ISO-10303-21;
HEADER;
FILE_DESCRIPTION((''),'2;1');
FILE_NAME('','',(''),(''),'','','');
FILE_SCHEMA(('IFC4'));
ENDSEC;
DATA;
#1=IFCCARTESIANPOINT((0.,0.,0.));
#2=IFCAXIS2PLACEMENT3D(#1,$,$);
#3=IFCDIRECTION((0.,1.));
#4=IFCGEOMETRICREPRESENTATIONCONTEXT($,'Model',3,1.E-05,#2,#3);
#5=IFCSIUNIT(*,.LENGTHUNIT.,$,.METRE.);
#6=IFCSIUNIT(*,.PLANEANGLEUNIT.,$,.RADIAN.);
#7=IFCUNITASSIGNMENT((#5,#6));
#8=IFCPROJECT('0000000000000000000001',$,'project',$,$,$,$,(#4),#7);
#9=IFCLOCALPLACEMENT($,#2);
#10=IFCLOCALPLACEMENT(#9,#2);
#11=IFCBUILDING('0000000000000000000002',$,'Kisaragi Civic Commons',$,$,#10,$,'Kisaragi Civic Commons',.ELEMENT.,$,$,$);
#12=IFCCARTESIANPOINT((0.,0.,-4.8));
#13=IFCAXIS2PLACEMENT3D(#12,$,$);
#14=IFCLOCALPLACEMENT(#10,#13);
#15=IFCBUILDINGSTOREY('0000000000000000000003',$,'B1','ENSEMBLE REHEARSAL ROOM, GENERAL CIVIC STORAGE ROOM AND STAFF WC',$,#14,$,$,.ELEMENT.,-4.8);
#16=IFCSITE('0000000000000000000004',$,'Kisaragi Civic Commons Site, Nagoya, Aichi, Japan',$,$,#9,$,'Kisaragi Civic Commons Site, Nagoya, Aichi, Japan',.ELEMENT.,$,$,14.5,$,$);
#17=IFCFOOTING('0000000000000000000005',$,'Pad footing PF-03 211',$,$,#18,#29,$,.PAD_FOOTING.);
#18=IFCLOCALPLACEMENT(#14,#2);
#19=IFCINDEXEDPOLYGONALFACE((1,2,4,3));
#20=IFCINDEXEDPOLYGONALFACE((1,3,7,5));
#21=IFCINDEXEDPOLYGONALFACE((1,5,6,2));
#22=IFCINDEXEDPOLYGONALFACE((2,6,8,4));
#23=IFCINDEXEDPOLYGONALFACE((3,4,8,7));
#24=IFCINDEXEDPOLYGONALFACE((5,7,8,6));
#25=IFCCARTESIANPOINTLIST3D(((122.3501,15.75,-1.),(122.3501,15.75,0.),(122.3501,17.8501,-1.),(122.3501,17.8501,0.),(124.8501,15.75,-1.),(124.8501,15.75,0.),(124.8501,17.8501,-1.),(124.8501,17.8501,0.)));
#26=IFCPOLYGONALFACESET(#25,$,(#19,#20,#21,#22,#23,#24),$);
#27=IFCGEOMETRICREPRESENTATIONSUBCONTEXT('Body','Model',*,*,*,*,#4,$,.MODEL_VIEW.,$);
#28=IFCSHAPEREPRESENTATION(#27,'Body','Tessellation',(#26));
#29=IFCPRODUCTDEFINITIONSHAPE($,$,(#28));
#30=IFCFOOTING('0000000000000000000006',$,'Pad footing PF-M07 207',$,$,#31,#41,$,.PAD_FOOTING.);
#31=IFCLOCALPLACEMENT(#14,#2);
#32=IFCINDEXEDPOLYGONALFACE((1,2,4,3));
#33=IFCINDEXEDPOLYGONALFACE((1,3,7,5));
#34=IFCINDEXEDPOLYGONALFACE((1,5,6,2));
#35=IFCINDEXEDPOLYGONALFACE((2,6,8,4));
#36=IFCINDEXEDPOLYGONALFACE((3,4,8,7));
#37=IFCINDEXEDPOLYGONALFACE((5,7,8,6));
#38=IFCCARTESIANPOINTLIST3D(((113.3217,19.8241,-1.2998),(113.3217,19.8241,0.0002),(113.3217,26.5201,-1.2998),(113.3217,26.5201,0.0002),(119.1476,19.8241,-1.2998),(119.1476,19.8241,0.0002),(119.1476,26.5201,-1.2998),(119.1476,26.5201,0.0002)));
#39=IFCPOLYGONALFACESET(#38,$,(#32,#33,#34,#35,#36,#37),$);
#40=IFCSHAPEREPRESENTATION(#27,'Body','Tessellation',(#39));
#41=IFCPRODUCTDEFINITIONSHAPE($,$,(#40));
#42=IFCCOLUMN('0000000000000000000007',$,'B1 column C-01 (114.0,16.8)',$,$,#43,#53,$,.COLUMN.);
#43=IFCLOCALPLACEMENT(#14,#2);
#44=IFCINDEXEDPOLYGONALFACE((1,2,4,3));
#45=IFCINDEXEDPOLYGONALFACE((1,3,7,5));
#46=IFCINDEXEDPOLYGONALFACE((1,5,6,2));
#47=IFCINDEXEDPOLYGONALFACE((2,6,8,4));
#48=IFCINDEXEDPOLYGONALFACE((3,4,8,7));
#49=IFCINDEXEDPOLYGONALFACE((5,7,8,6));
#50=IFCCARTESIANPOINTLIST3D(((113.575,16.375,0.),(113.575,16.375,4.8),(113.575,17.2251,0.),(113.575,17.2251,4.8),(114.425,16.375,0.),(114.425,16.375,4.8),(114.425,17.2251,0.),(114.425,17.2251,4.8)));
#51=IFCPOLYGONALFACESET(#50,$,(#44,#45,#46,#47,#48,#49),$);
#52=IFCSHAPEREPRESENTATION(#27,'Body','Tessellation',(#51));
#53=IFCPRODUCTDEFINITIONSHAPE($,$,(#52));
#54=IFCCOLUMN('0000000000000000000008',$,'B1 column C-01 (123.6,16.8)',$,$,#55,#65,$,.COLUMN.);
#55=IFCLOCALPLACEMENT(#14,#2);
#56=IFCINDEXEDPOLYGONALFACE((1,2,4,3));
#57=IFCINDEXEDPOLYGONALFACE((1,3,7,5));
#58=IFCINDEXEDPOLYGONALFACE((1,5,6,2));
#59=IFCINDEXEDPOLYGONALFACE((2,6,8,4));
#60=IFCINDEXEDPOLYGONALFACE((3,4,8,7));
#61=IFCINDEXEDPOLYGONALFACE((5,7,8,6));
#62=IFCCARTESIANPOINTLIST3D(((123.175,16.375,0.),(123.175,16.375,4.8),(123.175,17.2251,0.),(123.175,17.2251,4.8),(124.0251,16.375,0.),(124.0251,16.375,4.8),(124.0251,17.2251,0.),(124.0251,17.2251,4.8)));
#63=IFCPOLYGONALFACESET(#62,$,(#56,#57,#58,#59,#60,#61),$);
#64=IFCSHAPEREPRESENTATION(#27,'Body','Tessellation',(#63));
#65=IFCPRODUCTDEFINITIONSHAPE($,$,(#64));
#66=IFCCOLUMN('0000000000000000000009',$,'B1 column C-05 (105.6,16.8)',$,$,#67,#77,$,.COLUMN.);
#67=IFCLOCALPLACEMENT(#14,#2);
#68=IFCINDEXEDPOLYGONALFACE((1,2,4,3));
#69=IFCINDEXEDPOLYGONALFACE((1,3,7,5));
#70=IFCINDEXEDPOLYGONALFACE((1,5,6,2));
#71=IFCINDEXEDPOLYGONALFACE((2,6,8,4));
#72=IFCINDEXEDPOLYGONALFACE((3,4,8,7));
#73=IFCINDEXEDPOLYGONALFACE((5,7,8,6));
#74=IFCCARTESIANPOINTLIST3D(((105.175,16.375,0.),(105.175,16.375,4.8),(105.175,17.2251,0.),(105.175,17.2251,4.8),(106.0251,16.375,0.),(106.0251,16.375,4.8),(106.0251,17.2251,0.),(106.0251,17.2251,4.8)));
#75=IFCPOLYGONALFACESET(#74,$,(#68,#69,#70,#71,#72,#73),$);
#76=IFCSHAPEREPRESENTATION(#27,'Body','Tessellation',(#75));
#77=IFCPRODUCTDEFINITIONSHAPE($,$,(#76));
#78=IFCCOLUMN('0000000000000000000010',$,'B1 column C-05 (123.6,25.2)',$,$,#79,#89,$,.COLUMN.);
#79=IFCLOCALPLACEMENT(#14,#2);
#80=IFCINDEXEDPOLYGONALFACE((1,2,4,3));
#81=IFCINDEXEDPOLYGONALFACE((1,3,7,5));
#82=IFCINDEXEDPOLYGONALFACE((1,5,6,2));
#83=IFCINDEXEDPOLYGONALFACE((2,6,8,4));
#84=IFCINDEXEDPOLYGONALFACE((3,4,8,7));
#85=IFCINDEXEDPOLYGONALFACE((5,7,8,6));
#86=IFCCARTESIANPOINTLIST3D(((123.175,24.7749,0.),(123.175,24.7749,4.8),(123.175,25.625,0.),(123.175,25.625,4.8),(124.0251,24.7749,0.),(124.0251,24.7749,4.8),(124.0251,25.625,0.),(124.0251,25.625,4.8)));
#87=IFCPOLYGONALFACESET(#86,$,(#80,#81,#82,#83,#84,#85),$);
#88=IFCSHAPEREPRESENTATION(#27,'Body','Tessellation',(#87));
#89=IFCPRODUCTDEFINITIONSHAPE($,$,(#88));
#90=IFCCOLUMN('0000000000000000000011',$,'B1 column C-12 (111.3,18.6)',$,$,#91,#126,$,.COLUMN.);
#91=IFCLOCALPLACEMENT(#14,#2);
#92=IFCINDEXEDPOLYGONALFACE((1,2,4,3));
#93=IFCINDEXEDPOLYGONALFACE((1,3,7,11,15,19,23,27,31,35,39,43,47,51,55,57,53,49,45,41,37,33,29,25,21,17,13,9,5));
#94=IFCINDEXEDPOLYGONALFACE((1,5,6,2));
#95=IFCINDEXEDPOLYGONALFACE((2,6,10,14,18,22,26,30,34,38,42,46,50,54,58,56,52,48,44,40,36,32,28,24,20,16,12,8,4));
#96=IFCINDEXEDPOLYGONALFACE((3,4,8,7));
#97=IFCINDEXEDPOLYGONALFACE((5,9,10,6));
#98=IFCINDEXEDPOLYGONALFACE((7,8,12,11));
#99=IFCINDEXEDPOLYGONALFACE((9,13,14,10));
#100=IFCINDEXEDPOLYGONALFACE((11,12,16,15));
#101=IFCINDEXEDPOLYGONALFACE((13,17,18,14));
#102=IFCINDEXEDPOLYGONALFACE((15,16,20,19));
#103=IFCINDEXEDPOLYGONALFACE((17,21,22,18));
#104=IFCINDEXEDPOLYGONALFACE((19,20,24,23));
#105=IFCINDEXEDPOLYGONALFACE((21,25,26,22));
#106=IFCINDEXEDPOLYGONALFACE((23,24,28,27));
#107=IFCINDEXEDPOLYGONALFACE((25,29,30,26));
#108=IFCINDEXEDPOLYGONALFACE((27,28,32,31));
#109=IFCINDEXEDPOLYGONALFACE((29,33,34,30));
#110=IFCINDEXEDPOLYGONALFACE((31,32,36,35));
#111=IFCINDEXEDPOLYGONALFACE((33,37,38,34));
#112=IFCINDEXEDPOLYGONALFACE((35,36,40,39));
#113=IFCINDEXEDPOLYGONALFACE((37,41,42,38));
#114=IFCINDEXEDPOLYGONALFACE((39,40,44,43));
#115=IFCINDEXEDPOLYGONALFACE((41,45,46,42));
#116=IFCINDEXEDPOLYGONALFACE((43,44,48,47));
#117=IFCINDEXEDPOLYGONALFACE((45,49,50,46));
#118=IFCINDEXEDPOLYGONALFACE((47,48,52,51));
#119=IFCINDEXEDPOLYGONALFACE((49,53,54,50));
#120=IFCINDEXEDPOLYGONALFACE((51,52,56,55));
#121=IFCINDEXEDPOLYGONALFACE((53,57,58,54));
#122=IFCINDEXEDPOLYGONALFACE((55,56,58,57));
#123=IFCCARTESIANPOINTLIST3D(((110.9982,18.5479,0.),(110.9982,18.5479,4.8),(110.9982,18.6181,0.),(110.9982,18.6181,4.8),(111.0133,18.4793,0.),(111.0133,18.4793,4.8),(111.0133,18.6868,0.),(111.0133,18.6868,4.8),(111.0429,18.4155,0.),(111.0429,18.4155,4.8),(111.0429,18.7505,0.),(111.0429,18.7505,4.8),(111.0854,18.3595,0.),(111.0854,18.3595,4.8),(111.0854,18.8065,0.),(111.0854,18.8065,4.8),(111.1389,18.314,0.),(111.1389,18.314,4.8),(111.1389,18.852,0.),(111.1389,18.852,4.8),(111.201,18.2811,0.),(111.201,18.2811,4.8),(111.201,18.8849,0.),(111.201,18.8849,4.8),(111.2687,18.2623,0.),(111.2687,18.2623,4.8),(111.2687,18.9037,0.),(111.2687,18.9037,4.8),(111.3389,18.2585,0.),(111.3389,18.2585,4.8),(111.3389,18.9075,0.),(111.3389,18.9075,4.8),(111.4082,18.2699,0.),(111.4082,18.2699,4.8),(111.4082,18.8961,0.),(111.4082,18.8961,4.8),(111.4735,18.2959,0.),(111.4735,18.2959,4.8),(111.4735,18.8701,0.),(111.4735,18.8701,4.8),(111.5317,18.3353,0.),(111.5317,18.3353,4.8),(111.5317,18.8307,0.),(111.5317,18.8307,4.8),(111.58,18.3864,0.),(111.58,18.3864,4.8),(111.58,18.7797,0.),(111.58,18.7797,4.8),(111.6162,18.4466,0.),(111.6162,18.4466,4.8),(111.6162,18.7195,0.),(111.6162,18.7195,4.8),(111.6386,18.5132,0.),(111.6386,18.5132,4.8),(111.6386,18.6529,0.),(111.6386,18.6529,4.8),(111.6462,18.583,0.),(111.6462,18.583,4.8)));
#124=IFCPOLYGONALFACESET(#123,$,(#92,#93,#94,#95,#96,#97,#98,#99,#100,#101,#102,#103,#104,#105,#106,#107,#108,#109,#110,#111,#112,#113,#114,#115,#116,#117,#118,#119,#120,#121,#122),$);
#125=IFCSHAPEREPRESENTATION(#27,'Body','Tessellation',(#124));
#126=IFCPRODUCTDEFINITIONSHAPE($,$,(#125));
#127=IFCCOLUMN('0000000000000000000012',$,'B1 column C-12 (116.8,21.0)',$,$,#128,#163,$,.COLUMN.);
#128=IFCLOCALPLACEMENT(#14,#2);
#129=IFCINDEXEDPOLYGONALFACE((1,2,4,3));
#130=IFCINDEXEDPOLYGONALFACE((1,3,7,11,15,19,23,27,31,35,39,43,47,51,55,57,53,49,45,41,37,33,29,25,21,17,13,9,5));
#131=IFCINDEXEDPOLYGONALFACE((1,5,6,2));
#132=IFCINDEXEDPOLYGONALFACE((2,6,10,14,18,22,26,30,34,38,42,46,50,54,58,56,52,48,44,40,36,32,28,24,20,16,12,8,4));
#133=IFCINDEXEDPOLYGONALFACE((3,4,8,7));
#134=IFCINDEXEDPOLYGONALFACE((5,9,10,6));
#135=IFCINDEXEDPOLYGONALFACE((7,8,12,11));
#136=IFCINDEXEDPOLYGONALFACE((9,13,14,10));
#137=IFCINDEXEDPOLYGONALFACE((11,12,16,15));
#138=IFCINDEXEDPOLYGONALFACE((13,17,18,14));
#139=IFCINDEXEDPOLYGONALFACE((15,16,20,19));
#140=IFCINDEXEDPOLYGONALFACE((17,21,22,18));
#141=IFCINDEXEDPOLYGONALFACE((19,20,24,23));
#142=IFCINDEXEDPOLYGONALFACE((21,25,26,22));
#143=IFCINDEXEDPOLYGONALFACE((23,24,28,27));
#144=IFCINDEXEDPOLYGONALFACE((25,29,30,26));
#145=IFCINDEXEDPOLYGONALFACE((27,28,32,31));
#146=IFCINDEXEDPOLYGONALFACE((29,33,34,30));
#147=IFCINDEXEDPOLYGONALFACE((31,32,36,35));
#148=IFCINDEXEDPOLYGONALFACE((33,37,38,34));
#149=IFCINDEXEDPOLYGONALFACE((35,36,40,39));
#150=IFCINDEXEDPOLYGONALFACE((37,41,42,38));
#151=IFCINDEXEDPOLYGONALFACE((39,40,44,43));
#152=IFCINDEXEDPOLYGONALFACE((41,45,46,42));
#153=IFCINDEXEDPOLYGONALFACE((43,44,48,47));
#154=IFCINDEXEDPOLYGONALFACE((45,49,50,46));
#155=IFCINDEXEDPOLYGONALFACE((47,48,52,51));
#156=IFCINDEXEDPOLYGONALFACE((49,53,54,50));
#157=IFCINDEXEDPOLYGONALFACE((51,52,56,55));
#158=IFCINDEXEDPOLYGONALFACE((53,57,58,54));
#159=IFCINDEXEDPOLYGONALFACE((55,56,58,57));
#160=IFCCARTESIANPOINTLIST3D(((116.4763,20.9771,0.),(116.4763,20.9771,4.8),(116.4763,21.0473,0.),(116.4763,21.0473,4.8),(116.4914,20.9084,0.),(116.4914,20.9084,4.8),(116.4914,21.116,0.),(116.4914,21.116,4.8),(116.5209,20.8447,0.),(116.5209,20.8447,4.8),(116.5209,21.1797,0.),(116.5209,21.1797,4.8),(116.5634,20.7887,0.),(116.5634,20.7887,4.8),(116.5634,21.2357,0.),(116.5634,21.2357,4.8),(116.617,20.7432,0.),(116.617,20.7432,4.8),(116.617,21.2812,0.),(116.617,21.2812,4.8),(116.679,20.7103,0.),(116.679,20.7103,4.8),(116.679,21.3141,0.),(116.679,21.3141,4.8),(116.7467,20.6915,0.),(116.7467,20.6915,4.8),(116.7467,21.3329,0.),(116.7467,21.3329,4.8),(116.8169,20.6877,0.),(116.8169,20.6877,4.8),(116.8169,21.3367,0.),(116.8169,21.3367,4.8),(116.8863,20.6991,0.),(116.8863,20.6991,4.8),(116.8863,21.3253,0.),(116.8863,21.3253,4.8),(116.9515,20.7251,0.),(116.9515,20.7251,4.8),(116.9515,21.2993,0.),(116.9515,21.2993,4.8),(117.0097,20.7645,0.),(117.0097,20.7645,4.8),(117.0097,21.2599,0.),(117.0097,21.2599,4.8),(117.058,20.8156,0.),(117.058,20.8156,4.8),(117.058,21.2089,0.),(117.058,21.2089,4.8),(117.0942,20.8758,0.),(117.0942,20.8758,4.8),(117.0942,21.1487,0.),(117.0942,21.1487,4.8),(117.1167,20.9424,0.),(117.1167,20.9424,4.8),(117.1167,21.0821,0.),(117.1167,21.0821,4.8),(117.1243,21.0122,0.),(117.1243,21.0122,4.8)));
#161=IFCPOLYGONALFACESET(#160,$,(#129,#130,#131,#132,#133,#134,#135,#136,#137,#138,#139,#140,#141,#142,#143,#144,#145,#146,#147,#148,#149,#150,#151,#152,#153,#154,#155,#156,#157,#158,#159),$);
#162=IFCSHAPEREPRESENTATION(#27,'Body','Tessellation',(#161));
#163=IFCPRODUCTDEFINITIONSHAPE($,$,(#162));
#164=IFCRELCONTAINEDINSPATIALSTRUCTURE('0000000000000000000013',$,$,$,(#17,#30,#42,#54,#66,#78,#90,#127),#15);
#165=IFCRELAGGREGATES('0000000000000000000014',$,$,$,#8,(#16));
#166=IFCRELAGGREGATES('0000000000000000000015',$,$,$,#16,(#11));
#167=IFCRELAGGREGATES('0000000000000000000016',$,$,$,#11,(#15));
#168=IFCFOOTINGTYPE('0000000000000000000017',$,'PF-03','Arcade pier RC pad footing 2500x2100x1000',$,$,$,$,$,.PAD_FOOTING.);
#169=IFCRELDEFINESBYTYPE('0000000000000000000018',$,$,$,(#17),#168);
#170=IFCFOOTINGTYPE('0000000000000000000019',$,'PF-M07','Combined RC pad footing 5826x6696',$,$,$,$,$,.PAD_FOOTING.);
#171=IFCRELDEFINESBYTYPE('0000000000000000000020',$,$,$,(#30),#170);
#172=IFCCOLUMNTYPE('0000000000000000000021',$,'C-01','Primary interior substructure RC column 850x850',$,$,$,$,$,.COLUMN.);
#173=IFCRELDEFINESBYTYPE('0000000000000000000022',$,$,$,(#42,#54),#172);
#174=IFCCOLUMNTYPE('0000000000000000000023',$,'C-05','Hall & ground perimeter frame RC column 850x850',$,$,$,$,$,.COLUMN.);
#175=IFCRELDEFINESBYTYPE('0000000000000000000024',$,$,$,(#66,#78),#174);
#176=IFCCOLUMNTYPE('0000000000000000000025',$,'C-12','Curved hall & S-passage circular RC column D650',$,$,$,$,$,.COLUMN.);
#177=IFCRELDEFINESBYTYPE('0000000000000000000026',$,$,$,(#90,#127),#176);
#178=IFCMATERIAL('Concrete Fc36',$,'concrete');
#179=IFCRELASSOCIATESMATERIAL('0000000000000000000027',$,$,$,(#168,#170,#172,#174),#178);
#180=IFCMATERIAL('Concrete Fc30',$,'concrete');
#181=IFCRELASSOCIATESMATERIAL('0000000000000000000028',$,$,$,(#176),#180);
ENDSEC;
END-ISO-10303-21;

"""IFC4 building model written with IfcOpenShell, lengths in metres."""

from ifc_helpers import new_model, si_unit, direction, frame, origin, origin_2d, place, context, subcontext, project, spatial, rectangle, circle, extrude, material, material_profile, profile_set, type_object, element, save


model = new_model("IFC4")

# Units and contexts
model_context = context("Model", 3, precision=1e-05, world=origin(), true_north=direction((0.0, 1.0)))
body_context = subcontext(model_context, "Body", "Model", "MODEL_VIEW")
ifc_project = project(units=[si_unit("LENGTHUNIT", "METRE"), si_unit("PLANEANGLEUNIT", "RADIAN")], contexts=[model_context])

# Site, building, storey
site_placement = place(None, origin())
site = spatial("IfcSite", under=ifc_project, at=site_placement, Name="Kisaragi Civic Commons Site, Nagoya, Aichi, Japan", LongName="Kisaragi Civic Commons Site, Nagoya, Aichi, Japan", CompositionType="ELEMENT", RefElevation=14.5)
building_placement = place(site_placement, origin())
building = spatial("IfcBuilding", under=site, at=building_placement, Name="Kisaragi Civic Commons", LongName="Kisaragi Civic Commons", CompositionType="ELEMENT")
storey_placement = place(building_placement, frame((0.0, 0.0, -4.8)))
storey = spatial("IfcBuildingStorey", under=building, at=storey_placement, Name="B1", Description="ENSEMBLE REHEARSAL ROOM, GENERAL CIVIC STORAGE ROOM AND STAFF WC", CompositionType="ELEMENT", Elevation=-4.8)

# Footings
ifc_material_1 = material(Name="Concrete Fc36", Category="concrete")
footing_type_1 = type_object("IfcFootingType", Name="PF-03", Description="Arcade pier RC pad footing 2500x2100x1000", PredefinedType="PAD_FOOTING", material=ifc_material_1)
footing_1_placement = place(storey_placement, frame((123.6001, 16.8, -1.0), z_axis=(0.0, 0.0, 1.0), x_axis=(1.0, 0.0, 0.0)))
element("IfcFooting", 1, at=footing_1_placement, inside=storey, type_object=footing_type_1, Name="Pad footing PF-03 211", PredefinedType="PAD_FOOTING", context=body_context, shape_type="SweptSolid", body=[
    extrude(rectangle(XDim=2.5, YDim=2.1001, at=origin_2d()), origin(), (0.0, 0.0, 1.0), 1.0),
])
footing_type_2 = type_object("IfcFootingType", Name="PF-M07", Description="Combined RC pad footing 5826x6696", PredefinedType="PAD_FOOTING", material=ifc_material_1)
footing_2_placement = place(storey_placement, frame((116.2346, 23.1721, -1.2998), z_axis=(0.0, 0.0, 1.0), x_axis=(1.0, 0.0, 0.0)))
element("IfcFooting", 2, at=footing_2_placement, inside=storey, type_object=footing_type_2, Name="Pad footing PF-M07 207", PredefinedType="PAD_FOOTING", context=body_context, shape_type="SweptSolid", body=[
    extrude(rectangle(XDim=5.8259, YDim=6.696, at=origin_2d()), origin(), (0.0, 0.0, 1.0), 1.3),
])

# Columns
ifc_material_profile_1 = material_profile(ifc_material_1, rectangle(XDim=0.8501, YDim=0.8501, at=origin_2d()), Name="RC-850x850", Category="concrete")
ifc_profile_set_1 = profile_set([ifc_material_profile_1], Name="Concrete Fc36")
column_type_1 = type_object("IfcColumnType", Name="C-01", Description="Primary interior substructure RC column 850x850", PredefinedType="COLUMN", material=ifc_profile_set_1)
for number, where, z_axis, x_axis, name in (
    (3, (114.0, 16.8, 0.0), (0.0, 0.0, 1.0), (1.0, 0.0, 0.0), "B1 column C-01 (114.0,16.8)"),
    (4, (123.6001, 16.8, 0.0), (0.0, 0.0, 1.0), (1.0, 0.0, 0.0), "B1 column C-01 (123.6,16.8)"),
):
    element("IfcColumn", number, at=place(storey_placement, frame(where, z_axis=z_axis, x_axis=x_axis)), inside=storey, type_object=column_type_1, Name=name, PredefinedType="COLUMN", context=body_context, shape_type="SweptSolid", body=[
        extrude(rectangle(XDim=0.8501, YDim=0.8501, at=origin_2d()), origin(), (0.0, 0.0, 1.0), 4.8),
    ])
ifc_material_profile_2 = material_profile(ifc_material_1, rectangle(XDim=0.8501, YDim=0.8501, at=origin_2d()), Name="RC-850x850", Category="concrete")
ifc_profile_set_2 = profile_set([ifc_material_profile_2], Name="Concrete Fc36")
column_type_2 = type_object("IfcColumnType", Name="C-05", Description="Hall & ground perimeter frame RC column 850x850", PredefinedType="COLUMN", material=ifc_profile_set_2)
for number, where, z_axis, x_axis, name in (
    (5, (105.6001, 16.8, 0.0), (0.0, 0.0, 1.0), (1.0, 0.0, 0.0), "B1 column C-05 (105.6,16.8)"),
    (6, (123.6001, 25.2, 0.0), (0.0, 0.0, 1.0), (1.0, 0.0, 0.0), "B1 column C-05 (123.6,25.2)"),
):
    element("IfcColumn", number, at=place(storey_placement, frame(where, z_axis=z_axis, x_axis=x_axis)), inside=storey, type_object=column_type_2, Name=name, PredefinedType="COLUMN", context=body_context, shape_type="SweptSolid", body=[
        extrude(rectangle(XDim=0.8501, YDim=0.8501, at=origin_2d()), origin(), (0.0, 0.0, 1.0), 4.8),
    ])
ifc_material_2 = material(Name="Concrete Fc30", Category="concrete")
ifc_material_profile_3 = material_profile(ifc_material_2, circle(Radius=0.325, at=origin_2d()), Name="RC-D650", Category="concrete")
ifc_profile_set_3 = profile_set([ifc_material_profile_3], Name="Concrete Fc30")
column_type_3 = type_object("IfcColumnType", Name="C-12", Description="Curved hall & S-passage circular RC column D650", PredefinedType="COLUMN", material=ifc_profile_set_3)
for number, where, z_axis, x_axis, name in (
    (7, (111.3213, 18.583, 0.0), (0.0, 0.0, 1.0), (1.0, 0.0, 0.0), "B1 column C-12 (111.3,18.6)"),
    (8, (116.7993, 21.0122, 0.0), (0.0, 0.0, 1.0), (1.0, 0.0, 0.0), "B1 column C-12 (116.8,21.0)"),
):
    element("IfcColumn", number, at=place(storey_placement, frame(where, z_axis=z_axis, x_axis=x_axis)), inside=storey, type_object=column_type_3, Name=name, PredefinedType="COLUMN", context=body_context, shape_type="SweptSolid", body=[
        extrude(circle(Radius=0.325, at=origin_2d()), origin(), (0.0, 0.0, 1.0), 4.8),
    ])

save(model, "model.ifc")
